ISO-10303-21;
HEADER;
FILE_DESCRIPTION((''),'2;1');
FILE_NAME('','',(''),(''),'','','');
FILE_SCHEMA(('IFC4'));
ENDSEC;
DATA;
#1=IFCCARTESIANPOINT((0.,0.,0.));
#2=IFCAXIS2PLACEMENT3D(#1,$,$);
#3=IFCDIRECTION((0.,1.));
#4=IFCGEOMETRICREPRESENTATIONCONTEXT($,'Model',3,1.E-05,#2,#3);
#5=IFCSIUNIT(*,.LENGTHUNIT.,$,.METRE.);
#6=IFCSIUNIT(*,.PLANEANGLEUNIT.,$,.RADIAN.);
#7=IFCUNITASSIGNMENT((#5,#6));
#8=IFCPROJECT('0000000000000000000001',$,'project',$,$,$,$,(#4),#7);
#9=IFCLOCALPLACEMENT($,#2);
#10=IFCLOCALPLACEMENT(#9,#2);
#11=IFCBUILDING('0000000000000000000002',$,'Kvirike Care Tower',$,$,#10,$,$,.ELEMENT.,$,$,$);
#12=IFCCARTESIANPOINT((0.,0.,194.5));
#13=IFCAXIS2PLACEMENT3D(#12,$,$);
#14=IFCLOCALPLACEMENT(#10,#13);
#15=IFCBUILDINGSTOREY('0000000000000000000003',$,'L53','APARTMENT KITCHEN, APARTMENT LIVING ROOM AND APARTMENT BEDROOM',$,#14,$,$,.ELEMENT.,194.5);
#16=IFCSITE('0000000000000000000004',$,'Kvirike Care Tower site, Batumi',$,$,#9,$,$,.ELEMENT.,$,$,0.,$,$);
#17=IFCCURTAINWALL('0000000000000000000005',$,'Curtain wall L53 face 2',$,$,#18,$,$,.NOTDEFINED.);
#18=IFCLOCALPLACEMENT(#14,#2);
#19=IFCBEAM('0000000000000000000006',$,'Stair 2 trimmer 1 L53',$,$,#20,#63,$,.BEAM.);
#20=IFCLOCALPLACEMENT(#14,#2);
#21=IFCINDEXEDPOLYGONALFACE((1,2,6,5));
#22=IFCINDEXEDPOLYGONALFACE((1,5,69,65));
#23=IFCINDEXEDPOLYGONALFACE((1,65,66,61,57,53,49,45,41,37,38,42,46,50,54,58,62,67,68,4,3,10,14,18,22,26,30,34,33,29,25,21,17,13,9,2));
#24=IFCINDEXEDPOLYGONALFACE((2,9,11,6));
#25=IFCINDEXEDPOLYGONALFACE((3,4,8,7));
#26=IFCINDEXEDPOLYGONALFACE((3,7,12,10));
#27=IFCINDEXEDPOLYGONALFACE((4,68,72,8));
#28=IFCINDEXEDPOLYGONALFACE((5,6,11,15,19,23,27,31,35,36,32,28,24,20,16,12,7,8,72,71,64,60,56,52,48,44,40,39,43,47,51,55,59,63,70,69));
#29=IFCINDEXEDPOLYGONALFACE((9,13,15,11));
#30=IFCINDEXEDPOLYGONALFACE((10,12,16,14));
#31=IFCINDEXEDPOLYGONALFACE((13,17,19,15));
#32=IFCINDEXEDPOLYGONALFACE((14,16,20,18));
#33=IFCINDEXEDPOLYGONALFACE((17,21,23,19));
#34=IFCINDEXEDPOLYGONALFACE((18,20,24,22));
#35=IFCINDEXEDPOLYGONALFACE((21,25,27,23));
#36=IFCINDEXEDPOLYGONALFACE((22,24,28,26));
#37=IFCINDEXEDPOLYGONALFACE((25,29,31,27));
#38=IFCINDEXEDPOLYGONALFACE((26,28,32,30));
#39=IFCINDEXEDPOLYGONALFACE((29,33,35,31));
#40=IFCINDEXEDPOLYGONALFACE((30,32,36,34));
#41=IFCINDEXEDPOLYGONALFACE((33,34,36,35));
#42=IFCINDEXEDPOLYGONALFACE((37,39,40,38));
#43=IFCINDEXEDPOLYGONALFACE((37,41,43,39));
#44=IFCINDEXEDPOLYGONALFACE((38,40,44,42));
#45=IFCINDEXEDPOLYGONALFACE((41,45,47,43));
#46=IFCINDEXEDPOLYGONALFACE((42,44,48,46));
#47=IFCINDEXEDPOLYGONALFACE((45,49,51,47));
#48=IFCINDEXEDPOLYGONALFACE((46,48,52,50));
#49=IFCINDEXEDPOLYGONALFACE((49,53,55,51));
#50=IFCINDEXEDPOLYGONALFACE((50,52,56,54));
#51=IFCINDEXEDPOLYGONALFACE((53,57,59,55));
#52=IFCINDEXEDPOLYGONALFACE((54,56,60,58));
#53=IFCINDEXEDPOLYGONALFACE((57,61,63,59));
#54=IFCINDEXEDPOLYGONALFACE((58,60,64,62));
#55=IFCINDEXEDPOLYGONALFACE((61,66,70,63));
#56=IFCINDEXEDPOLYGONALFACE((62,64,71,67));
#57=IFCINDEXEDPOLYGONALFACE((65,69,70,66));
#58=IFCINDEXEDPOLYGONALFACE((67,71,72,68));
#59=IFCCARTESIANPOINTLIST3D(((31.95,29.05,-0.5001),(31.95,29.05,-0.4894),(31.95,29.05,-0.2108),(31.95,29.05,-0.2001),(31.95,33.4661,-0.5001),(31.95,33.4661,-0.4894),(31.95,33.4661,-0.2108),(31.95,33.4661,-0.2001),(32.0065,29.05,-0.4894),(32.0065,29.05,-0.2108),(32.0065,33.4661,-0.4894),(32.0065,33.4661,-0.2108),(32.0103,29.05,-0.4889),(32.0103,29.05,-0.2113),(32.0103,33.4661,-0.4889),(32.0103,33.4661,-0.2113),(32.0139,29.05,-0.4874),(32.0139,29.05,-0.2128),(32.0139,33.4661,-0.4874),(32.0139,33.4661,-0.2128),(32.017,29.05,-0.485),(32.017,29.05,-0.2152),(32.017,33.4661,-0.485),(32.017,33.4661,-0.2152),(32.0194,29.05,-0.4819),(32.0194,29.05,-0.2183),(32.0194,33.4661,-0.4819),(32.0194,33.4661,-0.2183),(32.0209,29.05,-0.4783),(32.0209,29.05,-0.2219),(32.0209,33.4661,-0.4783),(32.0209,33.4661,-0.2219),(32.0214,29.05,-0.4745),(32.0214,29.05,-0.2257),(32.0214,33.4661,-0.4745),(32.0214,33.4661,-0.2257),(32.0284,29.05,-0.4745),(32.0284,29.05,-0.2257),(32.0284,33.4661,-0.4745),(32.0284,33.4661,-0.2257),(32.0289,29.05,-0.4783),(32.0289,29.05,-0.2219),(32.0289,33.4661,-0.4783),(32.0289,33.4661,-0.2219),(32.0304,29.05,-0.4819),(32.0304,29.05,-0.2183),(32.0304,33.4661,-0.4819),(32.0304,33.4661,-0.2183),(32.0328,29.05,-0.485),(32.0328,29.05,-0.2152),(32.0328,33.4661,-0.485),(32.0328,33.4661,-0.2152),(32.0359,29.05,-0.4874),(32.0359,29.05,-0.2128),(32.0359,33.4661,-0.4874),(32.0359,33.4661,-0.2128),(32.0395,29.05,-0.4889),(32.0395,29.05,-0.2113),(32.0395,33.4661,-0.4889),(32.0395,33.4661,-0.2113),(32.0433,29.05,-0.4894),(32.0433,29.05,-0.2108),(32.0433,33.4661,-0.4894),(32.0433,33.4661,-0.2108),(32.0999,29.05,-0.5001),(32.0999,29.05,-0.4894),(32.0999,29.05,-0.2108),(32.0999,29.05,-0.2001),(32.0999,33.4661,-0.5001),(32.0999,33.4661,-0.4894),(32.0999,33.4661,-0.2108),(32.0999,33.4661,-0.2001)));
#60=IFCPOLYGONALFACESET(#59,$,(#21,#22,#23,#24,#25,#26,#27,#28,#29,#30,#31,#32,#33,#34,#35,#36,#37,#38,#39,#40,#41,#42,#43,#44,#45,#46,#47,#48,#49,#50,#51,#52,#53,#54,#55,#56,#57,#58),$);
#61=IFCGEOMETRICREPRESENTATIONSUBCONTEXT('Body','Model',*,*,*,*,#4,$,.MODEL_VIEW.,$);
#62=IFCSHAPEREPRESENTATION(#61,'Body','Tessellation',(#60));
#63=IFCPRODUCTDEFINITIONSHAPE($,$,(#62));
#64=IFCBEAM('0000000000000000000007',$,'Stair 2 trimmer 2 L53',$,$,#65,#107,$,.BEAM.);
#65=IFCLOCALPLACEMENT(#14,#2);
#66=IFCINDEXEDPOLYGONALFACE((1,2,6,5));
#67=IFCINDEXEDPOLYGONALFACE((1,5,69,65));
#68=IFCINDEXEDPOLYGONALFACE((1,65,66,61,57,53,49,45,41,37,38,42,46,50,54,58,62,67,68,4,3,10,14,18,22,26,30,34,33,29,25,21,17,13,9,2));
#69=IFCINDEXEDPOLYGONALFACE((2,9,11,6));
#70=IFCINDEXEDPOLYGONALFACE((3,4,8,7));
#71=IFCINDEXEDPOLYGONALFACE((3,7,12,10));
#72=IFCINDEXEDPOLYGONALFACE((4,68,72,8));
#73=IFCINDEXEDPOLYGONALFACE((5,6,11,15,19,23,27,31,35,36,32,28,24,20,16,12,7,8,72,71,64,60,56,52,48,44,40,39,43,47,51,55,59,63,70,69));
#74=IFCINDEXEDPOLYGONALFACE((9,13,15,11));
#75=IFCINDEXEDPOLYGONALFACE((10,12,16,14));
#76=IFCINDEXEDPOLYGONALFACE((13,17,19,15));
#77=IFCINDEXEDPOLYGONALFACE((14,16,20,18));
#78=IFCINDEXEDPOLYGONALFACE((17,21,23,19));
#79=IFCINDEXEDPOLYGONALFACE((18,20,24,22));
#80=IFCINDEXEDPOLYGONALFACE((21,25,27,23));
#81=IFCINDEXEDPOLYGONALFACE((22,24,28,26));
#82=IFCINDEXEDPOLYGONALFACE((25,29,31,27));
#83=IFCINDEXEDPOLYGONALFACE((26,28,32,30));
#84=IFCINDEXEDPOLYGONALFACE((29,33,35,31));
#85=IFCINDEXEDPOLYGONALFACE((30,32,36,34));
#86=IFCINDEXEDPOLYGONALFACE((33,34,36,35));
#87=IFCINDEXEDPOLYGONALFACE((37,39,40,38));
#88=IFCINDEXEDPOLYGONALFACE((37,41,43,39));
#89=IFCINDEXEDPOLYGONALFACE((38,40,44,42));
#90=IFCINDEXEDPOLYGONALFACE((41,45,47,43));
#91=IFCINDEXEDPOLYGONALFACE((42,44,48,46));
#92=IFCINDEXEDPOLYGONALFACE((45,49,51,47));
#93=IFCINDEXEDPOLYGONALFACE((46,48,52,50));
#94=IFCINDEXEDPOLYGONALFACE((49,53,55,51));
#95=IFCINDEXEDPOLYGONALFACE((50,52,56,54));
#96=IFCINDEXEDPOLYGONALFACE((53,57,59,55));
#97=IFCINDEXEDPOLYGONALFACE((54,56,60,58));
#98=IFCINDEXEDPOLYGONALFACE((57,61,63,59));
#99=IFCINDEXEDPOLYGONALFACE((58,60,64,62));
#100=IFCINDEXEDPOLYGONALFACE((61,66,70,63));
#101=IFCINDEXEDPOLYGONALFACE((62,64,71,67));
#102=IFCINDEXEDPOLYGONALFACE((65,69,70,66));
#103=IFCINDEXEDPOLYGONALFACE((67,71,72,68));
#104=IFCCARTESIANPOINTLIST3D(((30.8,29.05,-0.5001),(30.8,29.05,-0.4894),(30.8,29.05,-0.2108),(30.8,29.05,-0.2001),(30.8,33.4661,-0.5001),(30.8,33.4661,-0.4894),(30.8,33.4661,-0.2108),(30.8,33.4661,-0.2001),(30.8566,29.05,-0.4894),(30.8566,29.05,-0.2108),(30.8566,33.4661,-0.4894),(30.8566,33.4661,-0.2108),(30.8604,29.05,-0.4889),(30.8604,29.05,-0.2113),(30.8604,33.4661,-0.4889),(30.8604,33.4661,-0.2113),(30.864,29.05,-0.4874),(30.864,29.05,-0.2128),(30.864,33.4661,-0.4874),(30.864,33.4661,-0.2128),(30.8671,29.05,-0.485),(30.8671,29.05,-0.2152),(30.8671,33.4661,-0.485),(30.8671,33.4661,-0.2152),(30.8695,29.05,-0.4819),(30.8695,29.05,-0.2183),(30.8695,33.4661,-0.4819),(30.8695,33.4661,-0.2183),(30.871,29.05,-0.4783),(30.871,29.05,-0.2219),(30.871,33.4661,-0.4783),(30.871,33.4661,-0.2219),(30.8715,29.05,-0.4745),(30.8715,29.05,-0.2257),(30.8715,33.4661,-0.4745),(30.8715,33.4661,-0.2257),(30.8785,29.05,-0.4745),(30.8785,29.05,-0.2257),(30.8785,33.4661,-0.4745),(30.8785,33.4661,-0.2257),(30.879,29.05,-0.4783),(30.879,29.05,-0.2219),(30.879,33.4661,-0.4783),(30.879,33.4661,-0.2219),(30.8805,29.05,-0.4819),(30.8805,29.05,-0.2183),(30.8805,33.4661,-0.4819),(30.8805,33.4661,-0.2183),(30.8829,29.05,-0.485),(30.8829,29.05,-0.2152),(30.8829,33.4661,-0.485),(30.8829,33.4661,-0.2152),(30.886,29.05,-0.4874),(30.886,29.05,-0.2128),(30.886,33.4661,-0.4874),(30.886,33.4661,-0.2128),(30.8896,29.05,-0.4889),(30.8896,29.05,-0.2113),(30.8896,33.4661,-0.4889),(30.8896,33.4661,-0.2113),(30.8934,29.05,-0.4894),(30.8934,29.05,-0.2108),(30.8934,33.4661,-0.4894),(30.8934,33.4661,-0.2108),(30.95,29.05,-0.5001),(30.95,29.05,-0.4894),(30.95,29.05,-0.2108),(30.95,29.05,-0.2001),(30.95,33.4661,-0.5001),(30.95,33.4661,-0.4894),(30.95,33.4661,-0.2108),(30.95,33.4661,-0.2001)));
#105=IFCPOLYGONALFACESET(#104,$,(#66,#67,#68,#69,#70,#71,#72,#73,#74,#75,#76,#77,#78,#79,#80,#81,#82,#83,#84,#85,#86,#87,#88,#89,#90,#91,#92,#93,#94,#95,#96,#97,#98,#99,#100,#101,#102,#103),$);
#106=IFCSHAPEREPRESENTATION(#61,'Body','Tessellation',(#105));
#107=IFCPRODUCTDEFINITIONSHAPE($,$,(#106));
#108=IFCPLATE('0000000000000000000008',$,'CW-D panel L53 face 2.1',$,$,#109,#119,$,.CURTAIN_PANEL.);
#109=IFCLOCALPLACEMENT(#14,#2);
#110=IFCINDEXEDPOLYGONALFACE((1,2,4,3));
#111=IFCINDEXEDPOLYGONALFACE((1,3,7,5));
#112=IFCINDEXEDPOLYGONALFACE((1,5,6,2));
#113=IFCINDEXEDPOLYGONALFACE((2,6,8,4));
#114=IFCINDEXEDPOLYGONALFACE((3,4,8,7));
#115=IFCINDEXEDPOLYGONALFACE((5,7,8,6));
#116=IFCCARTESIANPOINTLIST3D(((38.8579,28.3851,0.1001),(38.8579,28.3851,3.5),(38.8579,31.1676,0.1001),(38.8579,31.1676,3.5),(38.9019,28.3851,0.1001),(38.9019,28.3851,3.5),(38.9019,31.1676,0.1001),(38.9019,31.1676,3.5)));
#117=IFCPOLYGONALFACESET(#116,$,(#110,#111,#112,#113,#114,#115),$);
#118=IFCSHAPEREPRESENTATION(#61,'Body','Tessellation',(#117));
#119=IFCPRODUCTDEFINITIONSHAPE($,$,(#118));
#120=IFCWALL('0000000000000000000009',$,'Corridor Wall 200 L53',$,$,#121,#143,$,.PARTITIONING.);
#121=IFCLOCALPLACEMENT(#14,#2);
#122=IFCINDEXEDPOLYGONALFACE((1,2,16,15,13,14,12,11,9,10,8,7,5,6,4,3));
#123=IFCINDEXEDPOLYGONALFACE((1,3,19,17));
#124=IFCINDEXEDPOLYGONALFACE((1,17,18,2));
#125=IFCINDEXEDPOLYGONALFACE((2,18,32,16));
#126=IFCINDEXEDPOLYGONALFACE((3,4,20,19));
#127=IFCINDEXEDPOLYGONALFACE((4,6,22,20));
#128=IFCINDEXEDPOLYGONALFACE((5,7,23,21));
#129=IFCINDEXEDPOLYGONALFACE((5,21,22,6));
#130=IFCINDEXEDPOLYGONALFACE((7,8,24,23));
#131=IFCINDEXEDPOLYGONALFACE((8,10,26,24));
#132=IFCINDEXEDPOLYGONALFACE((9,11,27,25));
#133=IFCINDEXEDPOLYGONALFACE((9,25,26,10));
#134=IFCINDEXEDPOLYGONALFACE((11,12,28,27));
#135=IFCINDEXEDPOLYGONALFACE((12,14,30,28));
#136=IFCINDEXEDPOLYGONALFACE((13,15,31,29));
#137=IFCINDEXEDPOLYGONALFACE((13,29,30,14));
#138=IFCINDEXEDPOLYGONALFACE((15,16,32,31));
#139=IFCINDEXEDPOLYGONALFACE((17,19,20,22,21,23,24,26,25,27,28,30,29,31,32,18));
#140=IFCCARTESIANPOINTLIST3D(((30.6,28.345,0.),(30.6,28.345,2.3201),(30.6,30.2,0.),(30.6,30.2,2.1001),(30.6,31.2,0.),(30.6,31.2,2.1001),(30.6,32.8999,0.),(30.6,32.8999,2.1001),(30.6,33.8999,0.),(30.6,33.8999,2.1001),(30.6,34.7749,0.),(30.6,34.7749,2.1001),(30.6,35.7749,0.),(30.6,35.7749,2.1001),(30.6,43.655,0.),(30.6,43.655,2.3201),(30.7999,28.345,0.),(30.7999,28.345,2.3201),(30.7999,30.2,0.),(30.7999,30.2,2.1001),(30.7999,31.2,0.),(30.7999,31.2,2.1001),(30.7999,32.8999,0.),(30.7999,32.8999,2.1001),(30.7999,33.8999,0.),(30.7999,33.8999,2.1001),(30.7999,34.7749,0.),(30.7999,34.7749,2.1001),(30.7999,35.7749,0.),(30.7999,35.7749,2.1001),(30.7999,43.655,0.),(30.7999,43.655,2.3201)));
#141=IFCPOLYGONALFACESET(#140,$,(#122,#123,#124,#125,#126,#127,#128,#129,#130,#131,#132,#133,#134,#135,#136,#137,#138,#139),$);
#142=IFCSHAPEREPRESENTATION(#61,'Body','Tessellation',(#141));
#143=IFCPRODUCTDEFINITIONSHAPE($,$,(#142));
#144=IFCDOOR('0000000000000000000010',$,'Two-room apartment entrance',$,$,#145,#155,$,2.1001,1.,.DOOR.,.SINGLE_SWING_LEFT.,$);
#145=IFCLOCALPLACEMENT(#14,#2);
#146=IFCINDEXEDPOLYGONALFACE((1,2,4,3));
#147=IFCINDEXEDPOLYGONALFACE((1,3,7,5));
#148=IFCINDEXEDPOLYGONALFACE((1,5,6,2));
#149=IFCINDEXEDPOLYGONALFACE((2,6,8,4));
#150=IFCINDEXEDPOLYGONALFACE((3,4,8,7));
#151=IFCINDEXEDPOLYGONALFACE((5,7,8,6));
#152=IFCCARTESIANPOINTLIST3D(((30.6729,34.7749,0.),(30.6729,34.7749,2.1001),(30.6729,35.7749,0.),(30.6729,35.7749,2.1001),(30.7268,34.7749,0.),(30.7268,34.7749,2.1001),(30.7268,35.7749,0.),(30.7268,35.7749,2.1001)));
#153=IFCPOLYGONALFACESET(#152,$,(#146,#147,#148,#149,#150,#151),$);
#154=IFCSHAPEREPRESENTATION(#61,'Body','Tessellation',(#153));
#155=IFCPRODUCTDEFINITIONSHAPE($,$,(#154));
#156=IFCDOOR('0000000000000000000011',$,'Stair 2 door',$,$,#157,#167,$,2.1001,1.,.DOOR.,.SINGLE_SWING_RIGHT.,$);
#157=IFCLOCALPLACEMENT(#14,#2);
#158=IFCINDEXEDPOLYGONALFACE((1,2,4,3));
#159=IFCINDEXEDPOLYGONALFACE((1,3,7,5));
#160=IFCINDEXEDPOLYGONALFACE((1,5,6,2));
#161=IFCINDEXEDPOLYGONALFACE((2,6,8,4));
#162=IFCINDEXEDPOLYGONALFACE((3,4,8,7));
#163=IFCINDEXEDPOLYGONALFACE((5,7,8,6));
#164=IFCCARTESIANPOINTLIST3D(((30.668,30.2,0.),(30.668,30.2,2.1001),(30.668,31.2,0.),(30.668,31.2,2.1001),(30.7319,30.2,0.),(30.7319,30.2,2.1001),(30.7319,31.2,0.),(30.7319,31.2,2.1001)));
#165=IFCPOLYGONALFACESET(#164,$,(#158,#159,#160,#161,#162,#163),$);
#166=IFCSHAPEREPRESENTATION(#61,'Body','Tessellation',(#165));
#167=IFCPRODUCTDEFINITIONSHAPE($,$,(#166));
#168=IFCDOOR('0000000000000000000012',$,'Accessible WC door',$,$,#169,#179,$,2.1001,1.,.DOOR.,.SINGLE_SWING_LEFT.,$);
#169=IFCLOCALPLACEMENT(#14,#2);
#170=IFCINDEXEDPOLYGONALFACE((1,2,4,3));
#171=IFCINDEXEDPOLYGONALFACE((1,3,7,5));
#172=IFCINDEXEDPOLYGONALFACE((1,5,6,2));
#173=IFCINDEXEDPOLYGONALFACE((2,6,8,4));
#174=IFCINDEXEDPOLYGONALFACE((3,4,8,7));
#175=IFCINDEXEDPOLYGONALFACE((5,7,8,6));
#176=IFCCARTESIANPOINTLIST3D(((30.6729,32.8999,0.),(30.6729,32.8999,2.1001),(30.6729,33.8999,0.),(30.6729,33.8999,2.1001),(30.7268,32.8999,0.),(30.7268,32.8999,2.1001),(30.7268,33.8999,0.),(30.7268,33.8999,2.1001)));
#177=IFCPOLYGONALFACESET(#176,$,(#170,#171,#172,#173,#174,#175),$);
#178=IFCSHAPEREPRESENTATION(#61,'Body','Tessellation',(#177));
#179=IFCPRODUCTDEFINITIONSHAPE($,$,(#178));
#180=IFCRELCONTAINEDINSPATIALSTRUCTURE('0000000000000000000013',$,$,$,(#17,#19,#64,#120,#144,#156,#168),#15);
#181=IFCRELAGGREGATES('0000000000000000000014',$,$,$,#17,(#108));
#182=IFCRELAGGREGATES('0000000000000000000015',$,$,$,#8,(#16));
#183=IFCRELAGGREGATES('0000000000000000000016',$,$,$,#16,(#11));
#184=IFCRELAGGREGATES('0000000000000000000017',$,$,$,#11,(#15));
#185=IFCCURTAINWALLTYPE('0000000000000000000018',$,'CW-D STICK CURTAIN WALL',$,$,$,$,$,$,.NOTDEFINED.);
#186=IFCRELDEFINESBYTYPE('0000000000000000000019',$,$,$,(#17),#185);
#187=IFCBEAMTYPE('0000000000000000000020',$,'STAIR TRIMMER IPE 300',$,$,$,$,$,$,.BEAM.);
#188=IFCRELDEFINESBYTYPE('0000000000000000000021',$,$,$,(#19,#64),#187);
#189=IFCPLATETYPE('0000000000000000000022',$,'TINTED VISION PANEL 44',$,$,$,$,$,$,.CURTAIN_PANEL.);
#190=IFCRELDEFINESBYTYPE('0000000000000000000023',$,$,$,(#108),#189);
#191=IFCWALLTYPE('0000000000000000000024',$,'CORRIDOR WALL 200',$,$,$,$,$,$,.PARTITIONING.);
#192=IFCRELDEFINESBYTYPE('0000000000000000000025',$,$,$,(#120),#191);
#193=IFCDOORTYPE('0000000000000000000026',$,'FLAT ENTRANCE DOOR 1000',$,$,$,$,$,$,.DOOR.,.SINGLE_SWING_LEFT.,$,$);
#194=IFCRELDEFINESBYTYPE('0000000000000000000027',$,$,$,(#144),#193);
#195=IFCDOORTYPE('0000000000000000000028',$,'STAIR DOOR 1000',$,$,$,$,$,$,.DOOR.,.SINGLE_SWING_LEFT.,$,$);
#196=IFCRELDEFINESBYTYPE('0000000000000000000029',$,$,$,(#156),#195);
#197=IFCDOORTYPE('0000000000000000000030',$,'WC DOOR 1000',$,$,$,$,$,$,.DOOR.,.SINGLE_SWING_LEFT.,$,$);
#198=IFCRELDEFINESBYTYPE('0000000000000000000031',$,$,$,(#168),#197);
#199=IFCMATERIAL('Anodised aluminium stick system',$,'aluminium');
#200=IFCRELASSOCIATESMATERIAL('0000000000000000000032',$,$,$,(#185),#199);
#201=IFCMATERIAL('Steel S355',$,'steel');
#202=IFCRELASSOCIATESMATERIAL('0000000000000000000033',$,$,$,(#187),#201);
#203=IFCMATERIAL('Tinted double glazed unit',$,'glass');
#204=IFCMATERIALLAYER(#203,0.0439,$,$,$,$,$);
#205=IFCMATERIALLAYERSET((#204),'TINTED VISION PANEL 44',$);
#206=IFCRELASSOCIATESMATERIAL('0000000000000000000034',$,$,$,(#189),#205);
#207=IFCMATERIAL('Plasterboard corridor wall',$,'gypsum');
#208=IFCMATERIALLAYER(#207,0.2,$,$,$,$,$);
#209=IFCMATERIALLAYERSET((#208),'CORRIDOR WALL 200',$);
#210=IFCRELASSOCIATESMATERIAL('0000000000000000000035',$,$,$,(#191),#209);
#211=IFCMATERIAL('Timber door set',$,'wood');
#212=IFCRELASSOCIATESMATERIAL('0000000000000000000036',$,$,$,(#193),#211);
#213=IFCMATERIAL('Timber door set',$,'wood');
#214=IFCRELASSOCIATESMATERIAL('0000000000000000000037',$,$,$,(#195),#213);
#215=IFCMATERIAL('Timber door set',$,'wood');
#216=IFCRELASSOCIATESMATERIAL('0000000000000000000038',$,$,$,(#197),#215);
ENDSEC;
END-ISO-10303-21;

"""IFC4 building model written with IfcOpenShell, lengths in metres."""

from ifc_helpers import new_model, si_unit, direction, frame, frame_2d, origin, origin_2d, place, context, subcontext, project, spatial, rectangle, i_section, extrude, material, layer, layer_set, material_profile, profile_set, type_object, element, fill, aggregate, save


model = new_model("IFC4")

# Units and contexts
model_context = context("Model", 3, precision=1e-05, world=origin(), true_north=direction((0.0, 1.0)))
body_context = subcontext(model_context, "Body", "Model", "MODEL_VIEW")
ifc_project = project(units=[si_unit("LENGTHUNIT", "METRE"), si_unit("PLANEANGLEUNIT", "RADIAN")], contexts=[model_context])

# Site, building, storey
site_placement = place(None, origin())
site = spatial("IfcSite", under=ifc_project, at=site_placement, Name="Kvirike Care Tower site, Batumi", CompositionType="ELEMENT", RefElevation=0.0)
building_placement = place(site_placement, origin())
building = spatial("IfcBuilding", under=site, at=building_placement, Name="Kvirike Care Tower", CompositionType="ELEMENT")
storey_placement = place(building_placement, frame((0.0, 0.0, 194.5)))
storey = spatial("IfcBuildingStorey", under=building, at=storey_placement, Name="L53", Description="APARTMENT KITCHEN, APARTMENT LIVING ROOM AND APARTMENT BEDROOM", CompositionType="ELEMENT", Elevation=194.5)

# Curtain wall
ifc_material_1 = material(Name="Anodised aluminium stick system", Category="aluminium")
curtain_wall_type = type_object("IfcCurtainWallType", Name="CW-D STICK CURTAIN WALL", PredefinedType="NOTDEFINED", material=ifc_material_1)
curtain_wall_1_placement = place(storey_placement, origin())
curtain_wall_1 = element("IfcCurtainWall", 1, at=curtain_wall_1_placement, inside=storey, type_object=curtain_wall_type, Name="Curtain wall L53 face 2", PredefinedType="NOTDEFINED")

# Beams
ifc_material_2 = material(Name="Steel S355", Category="steel")
ifc_material_profile_1 = material_profile(ifc_material_2, i_section(OverallWidth=0.1499, OverallDepth=0.3, WebThickness=0.0071, FlangeThickness=0.0107, FilletRadius=0.0149, at=origin_2d()), Name="IPE 300")
ifc_profile_set_1 = profile_set([ifc_material_profile_1], Name="Steel S355")
beam_type_1 = type_object("IfcBeamType", Name="STAIR TRIMMER IPE 300", PredefinedType="BEAM", material=ifc_profile_set_1)
for number, where, z_axis, x_axis, name in (
    (2, (32.0249, 29.05, -0.3501), (0.0, 1.0, 0.0), (-1.0, 0.0, 0.0), "Stair 2 trimmer 1 L53"),
    (3, (30.875, 29.05, -0.3501), (0.0, 1.0, 0.0), (-1.0, 0.0, 0.0), "Stair 2 trimmer 2 L53"),
):
    element("IfcBeam", number, at=place(storey_placement, frame(where, z_axis=z_axis, x_axis=x_axis)), inside=storey, type_object=beam_type_1, Name=name, PredefinedType="BEAM", context=body_context, shape_type="SweptSolid", body=[
        extrude(i_section(OverallWidth=0.1499, OverallDepth=0.3, WebThickness=0.0071, FlangeThickness=0.0107, FilletRadius=0.0149, at=origin_2d()), origin(), (0.0, 0.0, 1.0), 4.416),
    ])

# Plate
ifc_material_3 = material(Name="Tinted double glazed unit", Category="glass")
ifc_layer_1 = layer(ifc_material_3, 0.0439)
ifc_layer_set_1 = layer_set([ifc_layer_1], Name="TINTED VISION PANEL 44")
plate_type = type_object("IfcPlateType", Name="TINTED VISION PANEL 44", PredefinedType="CURTAIN_PANEL", material=ifc_layer_set_1)
plate_placement = place(storey_placement, frame((38.8799, 29.7764, 0.1001), z_axis=(0.0, 0.0, 1.0), x_axis=(0.0, 1.0, 0.0)))
plate = element("IfcPlate", 4, at=plate_placement, type_object=plate_type, Name="CW-D panel L53 face 2.1", PredefinedType="CURTAIN_PANEL", context=body_context, shape_type="SweptSolid", body=[
    extrude(rectangle(XDim=2.7825, YDim=0.0439, at=origin_2d()), origin(), (0.0, 0.0, 1.0), 3.3999),
])
aggregate(curtain_wall_1, [plate])

# Wall, openings, doors
ifc_material_4 = material(Name="Plasterboard corridor wall", Category="gypsum")
ifc_layer_2 = layer(ifc_material_4, 0.2)
ifc_layer_set_2 = layer_set([ifc_layer_2], Name="CORRIDOR WALL 200")
wall_type_1 = type_object("IfcWallType", Name="CORRIDOR WALL 200", PredefinedType="PARTITIONING", material=ifc_layer_set_2)
wall_1_placement = place(storey_placement, frame((30.7, 28.345, 0.0), z_axis=(0.0, 0.0, 1.0), x_axis=(0.0, 1.0, 0.0)))
wall_1 = element("IfcWall", 5, at=wall_1_placement, inside=storey, type_object=wall_type_1, Name="Corridor Wall 200 L53", PredefinedType="PARTITIONING", context=body_context, shape_type="SweptSolid", body=[
    extrude(rectangle(XDim=15.3101, YDim=0.2, at=frame_2d((7.655, 0.0))), origin(), (0.0, 0.0, 1.0), 2.3201),
])
opening_1_placement = place(wall_1_placement, frame((1.855, 0.0, 0.0)))
opening_1 = element("IfcOpeningElement", 6, at=opening_1_placement, cuts=wall_1, PredefinedType="OPENING", context=body_context, shape_type="SweptSolid", body=[
    extrude(rectangle(XDim=1.0, YDim=2.1001, at=frame_2d((0.5, 1.05))), frame((0.0, 0.1106, 0.0), z_axis=(0.0, -1.0, 0.0), x_axis=(1.0, 0.0, 0.0)), (0.0, 0.0, 1.0), 0.2209),
])
opening_2_placement = place(wall_1_placement, frame((4.5549, 0.0, 0.0)))
opening_2 = element("IfcOpeningElement", 7, at=opening_2_placement, cuts=wall_1, PredefinedType="OPENING", context=body_context, shape_type="SweptSolid", body=[
    extrude(rectangle(XDim=1.0, YDim=2.1001, at=frame_2d((0.5, 1.05))), frame((0.0, 0.1106, 0.0), z_axis=(0.0, -1.0, 0.0), x_axis=(1.0, 0.0, 0.0)), (0.0, 0.0, 1.0), 0.2209),
])
opening_3_placement = place(wall_1_placement, frame((6.4299, 0.0, 0.0)))
opening_3 = element("IfcOpeningElement", 8, at=opening_3_placement, cuts=wall_1, PredefinedType="OPENING", context=body_context, shape_type="SweptSolid", body=[
    extrude(rectangle(XDim=1.0, YDim=2.1001, at=frame_2d((0.5, 1.05))), frame((0.0, 0.1106, 0.0), z_axis=(0.0, -1.0, 0.0), x_axis=(1.0, 0.0, 0.0)), (0.0, 0.0, 1.0), 0.2209),
])
ifc_material_5 = material(Name="Timber door set", Category="wood")
door_type_1 = type_object("IfcDoorType", Name="FLAT ENTRANCE DOOR 1000", OperationType="SINGLE_SWING_LEFT", PredefinedType="DOOR", material=ifc_material_5)
door_1_placement = place(opening_3_placement, frame((1.0, 0.0, 0.0), z_axis=(0.0, 0.0, 1.0), x_axis=(-1.0, 0.0, 0.0)))
door_1 = element("IfcDoor", 9, at=door_1_placement, inside=storey, type_object=door_type_1, Name="Two-room apartment entrance", OperationType="SINGLE_SWING_LEFT", OverallHeight=2.1001, OverallWidth=1.0, PredefinedType="DOOR", context=body_context, shape_type="SweptSolid", body=[
    extrude(rectangle(XDim=1.0, YDim=2.1001, at=frame_2d((0.5, 1.05))), frame((0.0, 0.0269, 0.0), z_axis=(0.0, -1.0, 0.0), x_axis=(1.0, 0.0, 0.0)), (0.0, 0.0, 1.0), 0.054),
])
fill(opening_3, door_1)
ifc_material_6 = material(Name="Timber door set", Category="wood")
door_type_2 = type_object("IfcDoorType", Name="STAIR DOOR 1000", OperationType="SINGLE_SWING_LEFT", PredefinedType="DOOR", material=ifc_material_6)
door_2_placement = place(opening_1_placement, frame((1.0, 0.0, 0.0), z_axis=(0.0, 0.0, 1.0), x_axis=(-1.0, 0.0, 0.0)))
door_2 = element("IfcDoor", 10, at=door_2_placement, inside=storey, type_object=door_type_2, Name="Stair 2 door", OperationType="SINGLE_SWING_RIGHT", OverallHeight=2.1001, OverallWidth=1.0, PredefinedType="DOOR", context=body_context, shape_type="SweptSolid", body=[
    extrude(rectangle(XDim=1.0, YDim=2.1001, at=frame_2d((0.5, 1.05))), frame((0.0, 0.032, 0.0), z_axis=(0.0, -1.0, 0.0), x_axis=(1.0, 0.0, 0.0)), (0.0, 0.0, 1.0), 0.064),
])
fill(opening_1, door_2)
ifc_material_7 = material(Name="Timber door set", Category="wood")
door_type_3 = type_object("IfcDoorType", Name="WC DOOR 1000", OperationType="SINGLE_SWING_LEFT", PredefinedType="DOOR", material=ifc_material_7)
door_3_placement = place(opening_2_placement, frame((1.0, 0.0, 0.0), z_axis=(0.0, 0.0, 1.0), x_axis=(-1.0, 0.0, 0.0)))
door_3 = element("IfcDoor", 11, at=door_3_placement, inside=storey, type_object=door_type_3, Name="Accessible WC door", OperationType="SINGLE_SWING_LEFT", OverallHeight=2.1001, OverallWidth=1.0, PredefinedType="DOOR", context=body_context, shape_type="SweptSolid", body=[
    extrude(rectangle(XDim=1.0, YDim=2.1001, at=frame_2d((0.5, 1.05))), frame((0.0, 0.0269, 0.0), z_axis=(0.0, -1.0, 0.0), x_axis=(1.0, 0.0, 0.0)), (0.0, 0.0, 1.0), 0.054),
])
fill(opening_2, door_3)

save(model, "model.ifc")
